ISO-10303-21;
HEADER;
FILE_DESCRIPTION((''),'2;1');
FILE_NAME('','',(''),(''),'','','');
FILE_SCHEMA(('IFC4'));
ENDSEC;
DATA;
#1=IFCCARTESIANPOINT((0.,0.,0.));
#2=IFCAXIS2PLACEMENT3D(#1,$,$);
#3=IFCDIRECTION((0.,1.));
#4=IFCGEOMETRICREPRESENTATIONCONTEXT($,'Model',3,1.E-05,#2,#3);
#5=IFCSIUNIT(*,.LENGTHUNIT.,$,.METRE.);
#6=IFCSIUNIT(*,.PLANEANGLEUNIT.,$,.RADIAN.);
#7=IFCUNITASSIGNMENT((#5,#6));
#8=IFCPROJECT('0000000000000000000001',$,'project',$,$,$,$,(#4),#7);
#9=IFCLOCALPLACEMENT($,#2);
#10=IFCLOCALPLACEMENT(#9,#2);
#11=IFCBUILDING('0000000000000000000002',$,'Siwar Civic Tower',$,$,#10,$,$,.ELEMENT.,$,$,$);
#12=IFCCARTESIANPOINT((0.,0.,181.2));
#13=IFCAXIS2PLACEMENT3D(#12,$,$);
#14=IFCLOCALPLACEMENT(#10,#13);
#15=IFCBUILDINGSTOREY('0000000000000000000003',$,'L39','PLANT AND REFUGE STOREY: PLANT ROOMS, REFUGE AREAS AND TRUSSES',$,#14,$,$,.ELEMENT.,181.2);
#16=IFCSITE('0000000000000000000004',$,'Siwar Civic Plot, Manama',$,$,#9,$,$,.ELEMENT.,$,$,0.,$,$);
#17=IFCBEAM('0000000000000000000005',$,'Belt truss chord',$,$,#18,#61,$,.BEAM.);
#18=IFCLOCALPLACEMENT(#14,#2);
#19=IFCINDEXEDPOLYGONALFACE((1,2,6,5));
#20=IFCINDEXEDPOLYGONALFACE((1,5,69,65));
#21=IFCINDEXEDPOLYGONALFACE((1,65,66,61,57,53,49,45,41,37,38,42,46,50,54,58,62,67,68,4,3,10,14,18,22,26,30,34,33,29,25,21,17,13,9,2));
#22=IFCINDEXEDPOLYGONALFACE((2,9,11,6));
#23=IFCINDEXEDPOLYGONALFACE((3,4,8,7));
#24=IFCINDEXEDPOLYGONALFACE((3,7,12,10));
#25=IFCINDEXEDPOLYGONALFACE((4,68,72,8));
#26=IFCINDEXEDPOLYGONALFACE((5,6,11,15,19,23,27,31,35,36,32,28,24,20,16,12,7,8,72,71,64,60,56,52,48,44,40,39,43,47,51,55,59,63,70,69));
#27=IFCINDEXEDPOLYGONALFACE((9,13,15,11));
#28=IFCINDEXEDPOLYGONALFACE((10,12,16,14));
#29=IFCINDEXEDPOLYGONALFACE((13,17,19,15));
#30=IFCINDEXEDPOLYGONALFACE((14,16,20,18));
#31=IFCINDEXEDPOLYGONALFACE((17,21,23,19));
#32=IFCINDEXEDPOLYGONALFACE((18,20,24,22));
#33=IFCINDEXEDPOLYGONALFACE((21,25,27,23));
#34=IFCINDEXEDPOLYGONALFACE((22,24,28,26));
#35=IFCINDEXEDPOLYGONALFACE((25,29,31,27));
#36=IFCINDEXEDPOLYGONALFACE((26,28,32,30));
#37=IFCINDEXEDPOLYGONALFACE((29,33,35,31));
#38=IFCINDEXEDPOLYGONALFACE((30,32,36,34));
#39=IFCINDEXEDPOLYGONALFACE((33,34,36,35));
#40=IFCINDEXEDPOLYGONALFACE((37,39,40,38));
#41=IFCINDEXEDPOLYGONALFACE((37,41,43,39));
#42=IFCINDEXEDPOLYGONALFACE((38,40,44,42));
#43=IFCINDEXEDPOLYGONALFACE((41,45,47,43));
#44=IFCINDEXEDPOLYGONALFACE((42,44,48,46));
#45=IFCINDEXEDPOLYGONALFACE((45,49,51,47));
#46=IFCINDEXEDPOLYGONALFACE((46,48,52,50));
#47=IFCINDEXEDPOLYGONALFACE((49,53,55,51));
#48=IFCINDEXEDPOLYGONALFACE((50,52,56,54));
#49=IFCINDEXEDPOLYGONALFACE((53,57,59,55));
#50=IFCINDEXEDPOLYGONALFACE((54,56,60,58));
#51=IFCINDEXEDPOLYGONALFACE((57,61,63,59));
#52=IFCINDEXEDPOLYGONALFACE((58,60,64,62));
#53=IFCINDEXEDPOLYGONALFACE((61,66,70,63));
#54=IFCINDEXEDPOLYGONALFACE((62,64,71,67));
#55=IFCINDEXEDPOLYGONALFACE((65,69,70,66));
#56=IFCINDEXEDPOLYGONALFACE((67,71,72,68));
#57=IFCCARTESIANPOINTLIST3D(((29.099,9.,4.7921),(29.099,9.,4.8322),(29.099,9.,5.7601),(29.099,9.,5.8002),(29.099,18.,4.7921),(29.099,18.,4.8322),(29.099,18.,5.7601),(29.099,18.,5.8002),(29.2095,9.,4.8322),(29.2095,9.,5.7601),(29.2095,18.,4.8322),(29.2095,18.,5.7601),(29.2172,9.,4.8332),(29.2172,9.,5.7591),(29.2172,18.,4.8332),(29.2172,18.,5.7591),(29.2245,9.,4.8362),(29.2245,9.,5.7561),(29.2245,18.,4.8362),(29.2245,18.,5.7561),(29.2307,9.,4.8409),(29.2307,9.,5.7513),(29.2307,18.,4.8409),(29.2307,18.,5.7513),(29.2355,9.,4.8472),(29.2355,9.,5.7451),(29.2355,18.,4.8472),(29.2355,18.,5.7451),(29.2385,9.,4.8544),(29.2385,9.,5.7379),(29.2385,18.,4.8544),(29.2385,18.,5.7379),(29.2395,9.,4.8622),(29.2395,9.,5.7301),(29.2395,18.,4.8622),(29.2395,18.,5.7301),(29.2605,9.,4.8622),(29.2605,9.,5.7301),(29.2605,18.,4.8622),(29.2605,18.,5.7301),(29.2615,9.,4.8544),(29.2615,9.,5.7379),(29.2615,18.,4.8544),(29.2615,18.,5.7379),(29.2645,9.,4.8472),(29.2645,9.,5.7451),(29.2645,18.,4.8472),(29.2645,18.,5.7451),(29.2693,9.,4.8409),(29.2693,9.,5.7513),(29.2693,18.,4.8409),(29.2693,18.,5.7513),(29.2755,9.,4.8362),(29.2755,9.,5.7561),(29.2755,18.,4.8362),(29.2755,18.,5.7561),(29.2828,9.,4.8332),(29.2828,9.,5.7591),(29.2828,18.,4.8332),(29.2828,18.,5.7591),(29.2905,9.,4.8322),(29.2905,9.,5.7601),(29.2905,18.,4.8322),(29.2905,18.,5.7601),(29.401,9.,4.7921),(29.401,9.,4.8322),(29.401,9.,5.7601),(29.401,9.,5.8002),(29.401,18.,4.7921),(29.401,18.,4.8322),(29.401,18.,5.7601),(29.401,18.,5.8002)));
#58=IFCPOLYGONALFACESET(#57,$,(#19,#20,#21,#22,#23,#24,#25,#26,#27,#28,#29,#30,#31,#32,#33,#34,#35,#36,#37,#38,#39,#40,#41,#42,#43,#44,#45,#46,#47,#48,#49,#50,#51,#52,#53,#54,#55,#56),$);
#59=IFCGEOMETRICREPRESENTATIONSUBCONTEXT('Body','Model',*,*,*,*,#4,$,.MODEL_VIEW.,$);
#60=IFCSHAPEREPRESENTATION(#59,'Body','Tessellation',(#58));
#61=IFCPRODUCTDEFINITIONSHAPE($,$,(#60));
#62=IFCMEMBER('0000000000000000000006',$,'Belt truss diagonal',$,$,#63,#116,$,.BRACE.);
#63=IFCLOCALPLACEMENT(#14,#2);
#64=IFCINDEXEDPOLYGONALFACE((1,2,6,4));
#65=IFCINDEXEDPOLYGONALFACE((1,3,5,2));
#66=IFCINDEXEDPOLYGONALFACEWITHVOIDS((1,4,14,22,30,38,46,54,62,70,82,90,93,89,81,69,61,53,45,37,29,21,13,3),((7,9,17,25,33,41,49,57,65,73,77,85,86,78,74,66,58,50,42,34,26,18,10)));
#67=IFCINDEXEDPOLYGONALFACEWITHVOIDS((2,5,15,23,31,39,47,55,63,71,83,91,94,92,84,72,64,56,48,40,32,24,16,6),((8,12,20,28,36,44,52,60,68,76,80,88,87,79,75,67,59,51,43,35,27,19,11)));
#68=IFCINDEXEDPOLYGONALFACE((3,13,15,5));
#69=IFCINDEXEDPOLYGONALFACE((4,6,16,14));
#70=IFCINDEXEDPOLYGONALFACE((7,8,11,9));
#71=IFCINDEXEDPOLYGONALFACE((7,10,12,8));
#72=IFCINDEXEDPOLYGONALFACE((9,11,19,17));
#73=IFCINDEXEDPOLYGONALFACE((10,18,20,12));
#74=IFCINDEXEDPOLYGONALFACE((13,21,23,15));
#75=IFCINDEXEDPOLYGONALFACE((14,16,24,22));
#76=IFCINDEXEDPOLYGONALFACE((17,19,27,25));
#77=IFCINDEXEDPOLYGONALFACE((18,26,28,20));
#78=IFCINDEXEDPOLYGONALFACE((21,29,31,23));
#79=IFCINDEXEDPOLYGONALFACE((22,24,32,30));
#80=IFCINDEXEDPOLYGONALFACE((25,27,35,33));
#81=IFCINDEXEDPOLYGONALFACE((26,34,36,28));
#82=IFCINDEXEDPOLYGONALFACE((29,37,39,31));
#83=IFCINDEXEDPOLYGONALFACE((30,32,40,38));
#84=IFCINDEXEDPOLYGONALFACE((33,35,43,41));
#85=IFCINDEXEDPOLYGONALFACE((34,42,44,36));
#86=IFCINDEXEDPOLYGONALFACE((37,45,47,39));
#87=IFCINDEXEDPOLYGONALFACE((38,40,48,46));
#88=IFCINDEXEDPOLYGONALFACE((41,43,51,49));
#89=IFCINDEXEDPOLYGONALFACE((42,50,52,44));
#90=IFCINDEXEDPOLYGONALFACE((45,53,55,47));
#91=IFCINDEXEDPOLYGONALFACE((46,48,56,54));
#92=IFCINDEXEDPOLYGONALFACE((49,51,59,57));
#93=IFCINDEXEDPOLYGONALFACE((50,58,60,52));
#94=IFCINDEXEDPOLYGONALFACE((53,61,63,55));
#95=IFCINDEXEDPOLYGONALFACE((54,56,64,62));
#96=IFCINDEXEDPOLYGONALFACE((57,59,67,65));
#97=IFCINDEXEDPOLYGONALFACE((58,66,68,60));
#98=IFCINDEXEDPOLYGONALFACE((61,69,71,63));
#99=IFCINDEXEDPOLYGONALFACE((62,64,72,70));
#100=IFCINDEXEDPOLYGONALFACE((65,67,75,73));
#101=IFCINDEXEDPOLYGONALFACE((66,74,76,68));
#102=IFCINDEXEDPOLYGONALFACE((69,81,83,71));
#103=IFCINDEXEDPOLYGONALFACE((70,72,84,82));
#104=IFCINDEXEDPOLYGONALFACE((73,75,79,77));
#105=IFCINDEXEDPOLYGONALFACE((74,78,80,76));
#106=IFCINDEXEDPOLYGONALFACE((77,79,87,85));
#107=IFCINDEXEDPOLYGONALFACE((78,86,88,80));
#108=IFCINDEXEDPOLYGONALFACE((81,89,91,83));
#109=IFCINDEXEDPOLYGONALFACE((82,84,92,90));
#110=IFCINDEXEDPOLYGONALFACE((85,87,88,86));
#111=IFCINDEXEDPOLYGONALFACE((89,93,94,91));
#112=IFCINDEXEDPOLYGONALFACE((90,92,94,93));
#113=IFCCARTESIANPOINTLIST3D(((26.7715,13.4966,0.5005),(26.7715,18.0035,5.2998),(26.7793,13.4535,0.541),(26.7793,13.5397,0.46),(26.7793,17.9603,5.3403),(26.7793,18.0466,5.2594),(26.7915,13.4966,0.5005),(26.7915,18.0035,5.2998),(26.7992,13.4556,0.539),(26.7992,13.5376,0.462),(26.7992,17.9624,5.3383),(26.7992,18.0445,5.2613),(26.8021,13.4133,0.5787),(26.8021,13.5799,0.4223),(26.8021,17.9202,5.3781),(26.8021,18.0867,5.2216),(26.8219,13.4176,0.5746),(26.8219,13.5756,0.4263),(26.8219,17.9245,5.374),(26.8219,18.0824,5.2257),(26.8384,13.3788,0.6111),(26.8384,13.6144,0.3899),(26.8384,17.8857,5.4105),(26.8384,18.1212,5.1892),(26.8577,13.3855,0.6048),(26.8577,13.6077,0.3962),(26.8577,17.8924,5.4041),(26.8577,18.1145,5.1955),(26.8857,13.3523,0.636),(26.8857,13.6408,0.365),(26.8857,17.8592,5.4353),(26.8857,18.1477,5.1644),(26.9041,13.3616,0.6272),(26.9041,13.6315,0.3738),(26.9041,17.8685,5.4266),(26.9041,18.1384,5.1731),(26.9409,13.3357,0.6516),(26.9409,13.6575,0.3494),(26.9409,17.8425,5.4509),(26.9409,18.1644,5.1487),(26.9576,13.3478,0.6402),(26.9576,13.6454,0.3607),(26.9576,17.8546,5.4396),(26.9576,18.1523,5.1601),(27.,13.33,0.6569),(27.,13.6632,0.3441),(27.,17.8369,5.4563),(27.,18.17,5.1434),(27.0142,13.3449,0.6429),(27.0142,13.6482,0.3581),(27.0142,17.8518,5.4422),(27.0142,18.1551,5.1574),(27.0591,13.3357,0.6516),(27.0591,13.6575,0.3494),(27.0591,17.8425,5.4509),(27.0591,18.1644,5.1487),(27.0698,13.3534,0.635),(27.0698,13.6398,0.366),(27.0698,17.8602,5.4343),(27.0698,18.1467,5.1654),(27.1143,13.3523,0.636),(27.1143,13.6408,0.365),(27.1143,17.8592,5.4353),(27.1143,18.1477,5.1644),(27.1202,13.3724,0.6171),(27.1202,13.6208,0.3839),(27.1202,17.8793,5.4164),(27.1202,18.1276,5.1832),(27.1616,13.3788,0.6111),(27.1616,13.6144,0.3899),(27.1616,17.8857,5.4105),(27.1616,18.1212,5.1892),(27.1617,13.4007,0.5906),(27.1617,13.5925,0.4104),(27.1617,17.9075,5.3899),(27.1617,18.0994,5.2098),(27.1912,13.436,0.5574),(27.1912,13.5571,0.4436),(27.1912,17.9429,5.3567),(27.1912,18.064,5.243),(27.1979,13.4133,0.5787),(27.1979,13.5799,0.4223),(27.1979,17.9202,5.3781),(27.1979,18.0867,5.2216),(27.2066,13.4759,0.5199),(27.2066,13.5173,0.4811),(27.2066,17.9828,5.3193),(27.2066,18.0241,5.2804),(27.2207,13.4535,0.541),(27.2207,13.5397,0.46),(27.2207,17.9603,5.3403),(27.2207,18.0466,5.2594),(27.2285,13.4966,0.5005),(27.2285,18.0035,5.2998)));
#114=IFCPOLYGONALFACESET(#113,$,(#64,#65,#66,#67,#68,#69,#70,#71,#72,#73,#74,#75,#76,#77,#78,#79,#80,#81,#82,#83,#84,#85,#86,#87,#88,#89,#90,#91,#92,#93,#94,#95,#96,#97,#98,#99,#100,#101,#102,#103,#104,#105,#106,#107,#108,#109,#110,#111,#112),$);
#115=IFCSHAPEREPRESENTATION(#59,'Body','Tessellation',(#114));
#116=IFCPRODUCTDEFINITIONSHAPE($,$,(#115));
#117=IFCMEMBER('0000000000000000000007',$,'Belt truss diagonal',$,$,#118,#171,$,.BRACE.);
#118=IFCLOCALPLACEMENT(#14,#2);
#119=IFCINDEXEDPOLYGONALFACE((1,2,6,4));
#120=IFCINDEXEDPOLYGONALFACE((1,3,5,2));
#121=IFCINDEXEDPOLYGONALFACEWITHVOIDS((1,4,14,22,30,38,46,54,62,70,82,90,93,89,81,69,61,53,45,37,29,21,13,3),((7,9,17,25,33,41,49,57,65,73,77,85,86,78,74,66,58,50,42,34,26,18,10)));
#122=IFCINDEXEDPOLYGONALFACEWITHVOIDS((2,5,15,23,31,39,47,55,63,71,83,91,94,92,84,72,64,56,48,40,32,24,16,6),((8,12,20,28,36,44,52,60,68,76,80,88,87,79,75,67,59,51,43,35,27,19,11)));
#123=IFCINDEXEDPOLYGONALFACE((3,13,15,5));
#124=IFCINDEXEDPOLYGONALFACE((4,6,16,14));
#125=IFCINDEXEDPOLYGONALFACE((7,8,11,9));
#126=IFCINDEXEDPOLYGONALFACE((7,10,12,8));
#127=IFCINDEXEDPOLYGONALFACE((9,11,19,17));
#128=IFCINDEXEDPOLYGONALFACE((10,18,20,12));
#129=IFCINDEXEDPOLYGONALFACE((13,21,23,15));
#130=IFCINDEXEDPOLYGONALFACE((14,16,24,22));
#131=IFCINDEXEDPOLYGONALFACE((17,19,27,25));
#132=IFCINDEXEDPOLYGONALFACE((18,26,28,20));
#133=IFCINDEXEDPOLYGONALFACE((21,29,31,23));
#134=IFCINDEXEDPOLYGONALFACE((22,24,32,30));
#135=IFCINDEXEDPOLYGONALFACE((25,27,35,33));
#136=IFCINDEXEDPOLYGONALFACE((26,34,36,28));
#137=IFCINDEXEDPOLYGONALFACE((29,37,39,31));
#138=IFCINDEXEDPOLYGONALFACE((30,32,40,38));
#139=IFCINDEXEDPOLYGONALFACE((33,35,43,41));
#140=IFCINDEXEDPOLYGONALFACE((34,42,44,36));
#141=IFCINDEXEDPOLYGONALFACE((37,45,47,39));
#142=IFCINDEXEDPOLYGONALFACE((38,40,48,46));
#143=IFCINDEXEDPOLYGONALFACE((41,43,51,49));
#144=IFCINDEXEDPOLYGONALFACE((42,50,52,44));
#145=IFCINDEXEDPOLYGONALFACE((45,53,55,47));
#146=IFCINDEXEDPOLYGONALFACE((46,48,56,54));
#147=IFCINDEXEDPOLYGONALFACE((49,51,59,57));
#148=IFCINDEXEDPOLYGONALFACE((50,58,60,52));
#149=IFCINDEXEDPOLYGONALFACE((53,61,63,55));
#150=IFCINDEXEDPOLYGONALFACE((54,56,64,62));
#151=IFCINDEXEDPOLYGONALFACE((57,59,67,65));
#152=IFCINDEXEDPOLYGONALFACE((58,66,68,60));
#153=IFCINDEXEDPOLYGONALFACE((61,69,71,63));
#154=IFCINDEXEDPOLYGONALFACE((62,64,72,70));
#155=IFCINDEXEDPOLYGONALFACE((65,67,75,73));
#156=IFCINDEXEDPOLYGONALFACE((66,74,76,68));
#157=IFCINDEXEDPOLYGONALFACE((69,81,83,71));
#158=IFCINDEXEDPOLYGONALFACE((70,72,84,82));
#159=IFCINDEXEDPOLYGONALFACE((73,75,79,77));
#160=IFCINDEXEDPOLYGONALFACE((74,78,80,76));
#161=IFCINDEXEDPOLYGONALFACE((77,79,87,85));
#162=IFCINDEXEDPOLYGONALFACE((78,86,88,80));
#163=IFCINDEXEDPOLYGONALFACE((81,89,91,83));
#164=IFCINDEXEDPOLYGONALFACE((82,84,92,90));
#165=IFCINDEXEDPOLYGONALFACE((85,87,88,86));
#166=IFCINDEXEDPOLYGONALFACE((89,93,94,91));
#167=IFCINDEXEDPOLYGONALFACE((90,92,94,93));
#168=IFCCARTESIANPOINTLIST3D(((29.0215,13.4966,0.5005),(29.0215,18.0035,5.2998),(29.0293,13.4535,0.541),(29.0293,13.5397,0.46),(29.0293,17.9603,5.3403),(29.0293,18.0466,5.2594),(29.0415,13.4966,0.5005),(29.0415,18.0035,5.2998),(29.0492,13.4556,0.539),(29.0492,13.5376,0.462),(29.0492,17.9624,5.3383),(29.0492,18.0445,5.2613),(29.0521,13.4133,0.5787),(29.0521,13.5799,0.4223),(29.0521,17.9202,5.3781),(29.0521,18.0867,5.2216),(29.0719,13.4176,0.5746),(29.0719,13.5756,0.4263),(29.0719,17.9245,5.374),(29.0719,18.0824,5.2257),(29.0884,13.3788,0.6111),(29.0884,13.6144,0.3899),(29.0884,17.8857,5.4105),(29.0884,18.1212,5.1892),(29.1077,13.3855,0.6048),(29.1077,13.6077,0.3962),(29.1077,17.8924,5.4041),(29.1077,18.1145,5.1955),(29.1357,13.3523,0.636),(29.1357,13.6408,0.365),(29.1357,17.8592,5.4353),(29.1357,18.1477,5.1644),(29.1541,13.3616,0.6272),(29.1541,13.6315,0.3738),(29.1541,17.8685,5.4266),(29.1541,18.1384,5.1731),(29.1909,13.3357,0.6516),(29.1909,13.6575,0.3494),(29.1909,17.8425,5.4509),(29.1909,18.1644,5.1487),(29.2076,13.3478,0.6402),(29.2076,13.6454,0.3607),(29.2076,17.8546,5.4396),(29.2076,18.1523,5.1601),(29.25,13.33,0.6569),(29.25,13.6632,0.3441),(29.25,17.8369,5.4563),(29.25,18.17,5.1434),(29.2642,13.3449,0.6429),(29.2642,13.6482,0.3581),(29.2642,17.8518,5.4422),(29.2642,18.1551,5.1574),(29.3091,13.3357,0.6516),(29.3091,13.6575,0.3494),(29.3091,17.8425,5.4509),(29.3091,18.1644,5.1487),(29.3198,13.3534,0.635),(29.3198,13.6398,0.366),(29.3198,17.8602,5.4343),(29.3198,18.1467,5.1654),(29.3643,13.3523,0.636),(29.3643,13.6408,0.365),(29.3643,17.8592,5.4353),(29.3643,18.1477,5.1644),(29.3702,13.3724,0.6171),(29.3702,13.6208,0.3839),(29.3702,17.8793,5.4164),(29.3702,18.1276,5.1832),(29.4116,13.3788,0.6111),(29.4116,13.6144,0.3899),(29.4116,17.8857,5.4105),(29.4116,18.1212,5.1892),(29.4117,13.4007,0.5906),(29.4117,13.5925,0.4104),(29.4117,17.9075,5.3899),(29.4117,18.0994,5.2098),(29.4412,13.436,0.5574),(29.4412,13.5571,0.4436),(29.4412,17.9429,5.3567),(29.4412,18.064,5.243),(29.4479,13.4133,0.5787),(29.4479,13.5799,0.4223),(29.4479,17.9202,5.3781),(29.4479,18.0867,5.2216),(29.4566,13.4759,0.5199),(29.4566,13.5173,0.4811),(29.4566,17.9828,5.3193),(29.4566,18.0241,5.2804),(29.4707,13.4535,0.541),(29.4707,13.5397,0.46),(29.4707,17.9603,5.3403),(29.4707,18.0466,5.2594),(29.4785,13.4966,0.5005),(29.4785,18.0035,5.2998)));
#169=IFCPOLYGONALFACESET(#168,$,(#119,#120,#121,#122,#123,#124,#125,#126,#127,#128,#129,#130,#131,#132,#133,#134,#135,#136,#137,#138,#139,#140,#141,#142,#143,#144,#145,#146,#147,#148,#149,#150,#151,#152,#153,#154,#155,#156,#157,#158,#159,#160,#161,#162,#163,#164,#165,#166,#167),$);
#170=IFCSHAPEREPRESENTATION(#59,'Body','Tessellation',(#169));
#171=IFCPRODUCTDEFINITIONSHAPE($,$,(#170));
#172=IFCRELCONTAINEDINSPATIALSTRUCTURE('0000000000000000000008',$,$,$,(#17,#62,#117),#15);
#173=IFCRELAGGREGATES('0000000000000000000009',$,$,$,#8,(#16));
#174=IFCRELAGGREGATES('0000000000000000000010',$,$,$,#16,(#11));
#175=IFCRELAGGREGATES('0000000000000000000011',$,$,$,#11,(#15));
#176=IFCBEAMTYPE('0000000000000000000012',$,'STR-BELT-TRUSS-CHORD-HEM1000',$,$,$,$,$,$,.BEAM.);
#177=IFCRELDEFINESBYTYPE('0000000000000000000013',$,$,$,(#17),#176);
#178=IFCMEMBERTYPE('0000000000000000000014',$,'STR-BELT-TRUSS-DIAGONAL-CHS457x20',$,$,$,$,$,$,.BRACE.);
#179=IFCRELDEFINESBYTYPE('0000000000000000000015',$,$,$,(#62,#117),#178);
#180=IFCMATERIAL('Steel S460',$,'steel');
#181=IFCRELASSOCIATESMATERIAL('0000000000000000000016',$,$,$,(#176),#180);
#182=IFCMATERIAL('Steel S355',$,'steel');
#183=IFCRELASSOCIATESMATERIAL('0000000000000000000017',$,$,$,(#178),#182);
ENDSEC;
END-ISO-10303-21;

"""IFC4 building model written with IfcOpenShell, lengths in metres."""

from ifc_helpers import new_model, si_unit, direction, frame, origin, origin_2d, place, context, subcontext, project, spatial, hollow_circle, i_section, extrude, material, material_profile, profile_set, type_object, element, save


model = new_model("IFC4")

# Units and contexts
model_context = context("Model", 3, precision=1e-05, world=origin(), true_north=direction((0.0, 1.0)))
body_context = subcontext(model_context, "Body", "Model", "MODEL_VIEW")
ifc_project = project(units=[si_unit("LENGTHUNIT", "METRE"), si_unit("PLANEANGLEUNIT", "RADIAN")], contexts=[model_context])

# Site, building, storey
site_placement = place(None, origin())
site = spatial("IfcSite", under=ifc_project, at=site_placement, Name="Siwar Civic Plot, Manama", CompositionType="ELEMENT", RefElevation=0.0)
building_placement = place(site_placement, origin())
building = spatial("IfcBuilding", under=site, at=building_placement, Name="Siwar Civic Tower", CompositionType="ELEMENT")
storey_placement = place(building_placement, frame((0.0, 0.0, 181.2)))
storey = spatial("IfcBuildingStorey", under=building, at=storey_placement, Name="L39", Description="PLANT AND REFUGE STOREY: PLANT ROOMS, REFUGE AREAS AND TRUSSES", CompositionType="ELEMENT", Elevation=181.2)

# Beam
ifc_material_1 = material(Name="Steel S460", Category="steel")
ifc_material_profile_1 = material_profile(ifc_material_1, i_section(OverallWidth=0.302, OverallDepth=1.0081, WebThickness=0.021, FlangeThickness=0.04, FilletRadius=0.03, at=origin_2d()), Name="HEM1000")
ifc_profile_set_1 = profile_set([ifc_material_profile_1], Name="Steel S460")
beam_type_1 = type_object("IfcBeamType", Name="STR-BELT-TRUSS-CHORD-HEM1000", PredefinedType="BEAM", material=ifc_profile_set_1)
for number, where, z_axis, x_axis, name in (
    (1, (29.25, 9.0, 5.2961), (0.0, 1.0, 0.0), (-1.0, 0.0, 0.0), "Belt truss chord"),
):
    element("IfcBeam", number, at=place(storey_placement, frame(where, z_axis=z_axis, x_axis=x_axis)), inside=storey, type_object=beam_type_1, Name=name, PredefinedType="BEAM", context=body_context, shape_type="SweptSolid", body=[
        extrude(i_section(OverallWidth=0.302, OverallDepth=1.0081, WebThickness=0.021, FlangeThickness=0.04, FilletRadius=0.03, at=origin_2d()), origin(), (0.0, 0.0, 1.0), 9.0),
    ])

# Members
ifc_material_2 = material(Name="Steel S355", Category="steel")
ifc_material_profile_2 = material_profile(ifc_material_2, hollow_circle(Radius=0.2285, WallThickness=0.02, at=origin_2d()), Name="CHS457x20")
ifc_profile_set_2 = profile_set([ifc_material_profile_2], Name="Steel S355")
member_type_1 = type_object("IfcMemberType", Name="STR-BELT-TRUSS-DIAGONAL-CHS457x20", PredefinedType="BRACE", material=ifc_profile_set_2)
for number, where, z_axis, x_axis, name in (
    (2, (27.0, 13.4966, 0.5005), (0.0, 0.684545, 0.72897), (-1.0, 0.0, 0.0), "Belt truss diagonal"),
    (3, (29.25, 13.4966, 0.5005), (0.0, 0.684545, 0.72897), (-1.0, 0.0, 0.0), "Belt truss diagonal"),
):
    element("IfcMember", number, at=place(storey_placement, frame(where, z_axis=z_axis, x_axis=x_axis)), inside=storey, type_object=member_type_1, Name=name, PredefinedType="BRACE", context=body_context, shape_type="SweptSolid", body=[
        extrude(hollow_circle(Radius=0.2285, WallThickness=0.02, at=origin_2d()), origin(), (0.0, 0.0, 1.0), 6.5837),
    ])

save(model, "model.ifc")
